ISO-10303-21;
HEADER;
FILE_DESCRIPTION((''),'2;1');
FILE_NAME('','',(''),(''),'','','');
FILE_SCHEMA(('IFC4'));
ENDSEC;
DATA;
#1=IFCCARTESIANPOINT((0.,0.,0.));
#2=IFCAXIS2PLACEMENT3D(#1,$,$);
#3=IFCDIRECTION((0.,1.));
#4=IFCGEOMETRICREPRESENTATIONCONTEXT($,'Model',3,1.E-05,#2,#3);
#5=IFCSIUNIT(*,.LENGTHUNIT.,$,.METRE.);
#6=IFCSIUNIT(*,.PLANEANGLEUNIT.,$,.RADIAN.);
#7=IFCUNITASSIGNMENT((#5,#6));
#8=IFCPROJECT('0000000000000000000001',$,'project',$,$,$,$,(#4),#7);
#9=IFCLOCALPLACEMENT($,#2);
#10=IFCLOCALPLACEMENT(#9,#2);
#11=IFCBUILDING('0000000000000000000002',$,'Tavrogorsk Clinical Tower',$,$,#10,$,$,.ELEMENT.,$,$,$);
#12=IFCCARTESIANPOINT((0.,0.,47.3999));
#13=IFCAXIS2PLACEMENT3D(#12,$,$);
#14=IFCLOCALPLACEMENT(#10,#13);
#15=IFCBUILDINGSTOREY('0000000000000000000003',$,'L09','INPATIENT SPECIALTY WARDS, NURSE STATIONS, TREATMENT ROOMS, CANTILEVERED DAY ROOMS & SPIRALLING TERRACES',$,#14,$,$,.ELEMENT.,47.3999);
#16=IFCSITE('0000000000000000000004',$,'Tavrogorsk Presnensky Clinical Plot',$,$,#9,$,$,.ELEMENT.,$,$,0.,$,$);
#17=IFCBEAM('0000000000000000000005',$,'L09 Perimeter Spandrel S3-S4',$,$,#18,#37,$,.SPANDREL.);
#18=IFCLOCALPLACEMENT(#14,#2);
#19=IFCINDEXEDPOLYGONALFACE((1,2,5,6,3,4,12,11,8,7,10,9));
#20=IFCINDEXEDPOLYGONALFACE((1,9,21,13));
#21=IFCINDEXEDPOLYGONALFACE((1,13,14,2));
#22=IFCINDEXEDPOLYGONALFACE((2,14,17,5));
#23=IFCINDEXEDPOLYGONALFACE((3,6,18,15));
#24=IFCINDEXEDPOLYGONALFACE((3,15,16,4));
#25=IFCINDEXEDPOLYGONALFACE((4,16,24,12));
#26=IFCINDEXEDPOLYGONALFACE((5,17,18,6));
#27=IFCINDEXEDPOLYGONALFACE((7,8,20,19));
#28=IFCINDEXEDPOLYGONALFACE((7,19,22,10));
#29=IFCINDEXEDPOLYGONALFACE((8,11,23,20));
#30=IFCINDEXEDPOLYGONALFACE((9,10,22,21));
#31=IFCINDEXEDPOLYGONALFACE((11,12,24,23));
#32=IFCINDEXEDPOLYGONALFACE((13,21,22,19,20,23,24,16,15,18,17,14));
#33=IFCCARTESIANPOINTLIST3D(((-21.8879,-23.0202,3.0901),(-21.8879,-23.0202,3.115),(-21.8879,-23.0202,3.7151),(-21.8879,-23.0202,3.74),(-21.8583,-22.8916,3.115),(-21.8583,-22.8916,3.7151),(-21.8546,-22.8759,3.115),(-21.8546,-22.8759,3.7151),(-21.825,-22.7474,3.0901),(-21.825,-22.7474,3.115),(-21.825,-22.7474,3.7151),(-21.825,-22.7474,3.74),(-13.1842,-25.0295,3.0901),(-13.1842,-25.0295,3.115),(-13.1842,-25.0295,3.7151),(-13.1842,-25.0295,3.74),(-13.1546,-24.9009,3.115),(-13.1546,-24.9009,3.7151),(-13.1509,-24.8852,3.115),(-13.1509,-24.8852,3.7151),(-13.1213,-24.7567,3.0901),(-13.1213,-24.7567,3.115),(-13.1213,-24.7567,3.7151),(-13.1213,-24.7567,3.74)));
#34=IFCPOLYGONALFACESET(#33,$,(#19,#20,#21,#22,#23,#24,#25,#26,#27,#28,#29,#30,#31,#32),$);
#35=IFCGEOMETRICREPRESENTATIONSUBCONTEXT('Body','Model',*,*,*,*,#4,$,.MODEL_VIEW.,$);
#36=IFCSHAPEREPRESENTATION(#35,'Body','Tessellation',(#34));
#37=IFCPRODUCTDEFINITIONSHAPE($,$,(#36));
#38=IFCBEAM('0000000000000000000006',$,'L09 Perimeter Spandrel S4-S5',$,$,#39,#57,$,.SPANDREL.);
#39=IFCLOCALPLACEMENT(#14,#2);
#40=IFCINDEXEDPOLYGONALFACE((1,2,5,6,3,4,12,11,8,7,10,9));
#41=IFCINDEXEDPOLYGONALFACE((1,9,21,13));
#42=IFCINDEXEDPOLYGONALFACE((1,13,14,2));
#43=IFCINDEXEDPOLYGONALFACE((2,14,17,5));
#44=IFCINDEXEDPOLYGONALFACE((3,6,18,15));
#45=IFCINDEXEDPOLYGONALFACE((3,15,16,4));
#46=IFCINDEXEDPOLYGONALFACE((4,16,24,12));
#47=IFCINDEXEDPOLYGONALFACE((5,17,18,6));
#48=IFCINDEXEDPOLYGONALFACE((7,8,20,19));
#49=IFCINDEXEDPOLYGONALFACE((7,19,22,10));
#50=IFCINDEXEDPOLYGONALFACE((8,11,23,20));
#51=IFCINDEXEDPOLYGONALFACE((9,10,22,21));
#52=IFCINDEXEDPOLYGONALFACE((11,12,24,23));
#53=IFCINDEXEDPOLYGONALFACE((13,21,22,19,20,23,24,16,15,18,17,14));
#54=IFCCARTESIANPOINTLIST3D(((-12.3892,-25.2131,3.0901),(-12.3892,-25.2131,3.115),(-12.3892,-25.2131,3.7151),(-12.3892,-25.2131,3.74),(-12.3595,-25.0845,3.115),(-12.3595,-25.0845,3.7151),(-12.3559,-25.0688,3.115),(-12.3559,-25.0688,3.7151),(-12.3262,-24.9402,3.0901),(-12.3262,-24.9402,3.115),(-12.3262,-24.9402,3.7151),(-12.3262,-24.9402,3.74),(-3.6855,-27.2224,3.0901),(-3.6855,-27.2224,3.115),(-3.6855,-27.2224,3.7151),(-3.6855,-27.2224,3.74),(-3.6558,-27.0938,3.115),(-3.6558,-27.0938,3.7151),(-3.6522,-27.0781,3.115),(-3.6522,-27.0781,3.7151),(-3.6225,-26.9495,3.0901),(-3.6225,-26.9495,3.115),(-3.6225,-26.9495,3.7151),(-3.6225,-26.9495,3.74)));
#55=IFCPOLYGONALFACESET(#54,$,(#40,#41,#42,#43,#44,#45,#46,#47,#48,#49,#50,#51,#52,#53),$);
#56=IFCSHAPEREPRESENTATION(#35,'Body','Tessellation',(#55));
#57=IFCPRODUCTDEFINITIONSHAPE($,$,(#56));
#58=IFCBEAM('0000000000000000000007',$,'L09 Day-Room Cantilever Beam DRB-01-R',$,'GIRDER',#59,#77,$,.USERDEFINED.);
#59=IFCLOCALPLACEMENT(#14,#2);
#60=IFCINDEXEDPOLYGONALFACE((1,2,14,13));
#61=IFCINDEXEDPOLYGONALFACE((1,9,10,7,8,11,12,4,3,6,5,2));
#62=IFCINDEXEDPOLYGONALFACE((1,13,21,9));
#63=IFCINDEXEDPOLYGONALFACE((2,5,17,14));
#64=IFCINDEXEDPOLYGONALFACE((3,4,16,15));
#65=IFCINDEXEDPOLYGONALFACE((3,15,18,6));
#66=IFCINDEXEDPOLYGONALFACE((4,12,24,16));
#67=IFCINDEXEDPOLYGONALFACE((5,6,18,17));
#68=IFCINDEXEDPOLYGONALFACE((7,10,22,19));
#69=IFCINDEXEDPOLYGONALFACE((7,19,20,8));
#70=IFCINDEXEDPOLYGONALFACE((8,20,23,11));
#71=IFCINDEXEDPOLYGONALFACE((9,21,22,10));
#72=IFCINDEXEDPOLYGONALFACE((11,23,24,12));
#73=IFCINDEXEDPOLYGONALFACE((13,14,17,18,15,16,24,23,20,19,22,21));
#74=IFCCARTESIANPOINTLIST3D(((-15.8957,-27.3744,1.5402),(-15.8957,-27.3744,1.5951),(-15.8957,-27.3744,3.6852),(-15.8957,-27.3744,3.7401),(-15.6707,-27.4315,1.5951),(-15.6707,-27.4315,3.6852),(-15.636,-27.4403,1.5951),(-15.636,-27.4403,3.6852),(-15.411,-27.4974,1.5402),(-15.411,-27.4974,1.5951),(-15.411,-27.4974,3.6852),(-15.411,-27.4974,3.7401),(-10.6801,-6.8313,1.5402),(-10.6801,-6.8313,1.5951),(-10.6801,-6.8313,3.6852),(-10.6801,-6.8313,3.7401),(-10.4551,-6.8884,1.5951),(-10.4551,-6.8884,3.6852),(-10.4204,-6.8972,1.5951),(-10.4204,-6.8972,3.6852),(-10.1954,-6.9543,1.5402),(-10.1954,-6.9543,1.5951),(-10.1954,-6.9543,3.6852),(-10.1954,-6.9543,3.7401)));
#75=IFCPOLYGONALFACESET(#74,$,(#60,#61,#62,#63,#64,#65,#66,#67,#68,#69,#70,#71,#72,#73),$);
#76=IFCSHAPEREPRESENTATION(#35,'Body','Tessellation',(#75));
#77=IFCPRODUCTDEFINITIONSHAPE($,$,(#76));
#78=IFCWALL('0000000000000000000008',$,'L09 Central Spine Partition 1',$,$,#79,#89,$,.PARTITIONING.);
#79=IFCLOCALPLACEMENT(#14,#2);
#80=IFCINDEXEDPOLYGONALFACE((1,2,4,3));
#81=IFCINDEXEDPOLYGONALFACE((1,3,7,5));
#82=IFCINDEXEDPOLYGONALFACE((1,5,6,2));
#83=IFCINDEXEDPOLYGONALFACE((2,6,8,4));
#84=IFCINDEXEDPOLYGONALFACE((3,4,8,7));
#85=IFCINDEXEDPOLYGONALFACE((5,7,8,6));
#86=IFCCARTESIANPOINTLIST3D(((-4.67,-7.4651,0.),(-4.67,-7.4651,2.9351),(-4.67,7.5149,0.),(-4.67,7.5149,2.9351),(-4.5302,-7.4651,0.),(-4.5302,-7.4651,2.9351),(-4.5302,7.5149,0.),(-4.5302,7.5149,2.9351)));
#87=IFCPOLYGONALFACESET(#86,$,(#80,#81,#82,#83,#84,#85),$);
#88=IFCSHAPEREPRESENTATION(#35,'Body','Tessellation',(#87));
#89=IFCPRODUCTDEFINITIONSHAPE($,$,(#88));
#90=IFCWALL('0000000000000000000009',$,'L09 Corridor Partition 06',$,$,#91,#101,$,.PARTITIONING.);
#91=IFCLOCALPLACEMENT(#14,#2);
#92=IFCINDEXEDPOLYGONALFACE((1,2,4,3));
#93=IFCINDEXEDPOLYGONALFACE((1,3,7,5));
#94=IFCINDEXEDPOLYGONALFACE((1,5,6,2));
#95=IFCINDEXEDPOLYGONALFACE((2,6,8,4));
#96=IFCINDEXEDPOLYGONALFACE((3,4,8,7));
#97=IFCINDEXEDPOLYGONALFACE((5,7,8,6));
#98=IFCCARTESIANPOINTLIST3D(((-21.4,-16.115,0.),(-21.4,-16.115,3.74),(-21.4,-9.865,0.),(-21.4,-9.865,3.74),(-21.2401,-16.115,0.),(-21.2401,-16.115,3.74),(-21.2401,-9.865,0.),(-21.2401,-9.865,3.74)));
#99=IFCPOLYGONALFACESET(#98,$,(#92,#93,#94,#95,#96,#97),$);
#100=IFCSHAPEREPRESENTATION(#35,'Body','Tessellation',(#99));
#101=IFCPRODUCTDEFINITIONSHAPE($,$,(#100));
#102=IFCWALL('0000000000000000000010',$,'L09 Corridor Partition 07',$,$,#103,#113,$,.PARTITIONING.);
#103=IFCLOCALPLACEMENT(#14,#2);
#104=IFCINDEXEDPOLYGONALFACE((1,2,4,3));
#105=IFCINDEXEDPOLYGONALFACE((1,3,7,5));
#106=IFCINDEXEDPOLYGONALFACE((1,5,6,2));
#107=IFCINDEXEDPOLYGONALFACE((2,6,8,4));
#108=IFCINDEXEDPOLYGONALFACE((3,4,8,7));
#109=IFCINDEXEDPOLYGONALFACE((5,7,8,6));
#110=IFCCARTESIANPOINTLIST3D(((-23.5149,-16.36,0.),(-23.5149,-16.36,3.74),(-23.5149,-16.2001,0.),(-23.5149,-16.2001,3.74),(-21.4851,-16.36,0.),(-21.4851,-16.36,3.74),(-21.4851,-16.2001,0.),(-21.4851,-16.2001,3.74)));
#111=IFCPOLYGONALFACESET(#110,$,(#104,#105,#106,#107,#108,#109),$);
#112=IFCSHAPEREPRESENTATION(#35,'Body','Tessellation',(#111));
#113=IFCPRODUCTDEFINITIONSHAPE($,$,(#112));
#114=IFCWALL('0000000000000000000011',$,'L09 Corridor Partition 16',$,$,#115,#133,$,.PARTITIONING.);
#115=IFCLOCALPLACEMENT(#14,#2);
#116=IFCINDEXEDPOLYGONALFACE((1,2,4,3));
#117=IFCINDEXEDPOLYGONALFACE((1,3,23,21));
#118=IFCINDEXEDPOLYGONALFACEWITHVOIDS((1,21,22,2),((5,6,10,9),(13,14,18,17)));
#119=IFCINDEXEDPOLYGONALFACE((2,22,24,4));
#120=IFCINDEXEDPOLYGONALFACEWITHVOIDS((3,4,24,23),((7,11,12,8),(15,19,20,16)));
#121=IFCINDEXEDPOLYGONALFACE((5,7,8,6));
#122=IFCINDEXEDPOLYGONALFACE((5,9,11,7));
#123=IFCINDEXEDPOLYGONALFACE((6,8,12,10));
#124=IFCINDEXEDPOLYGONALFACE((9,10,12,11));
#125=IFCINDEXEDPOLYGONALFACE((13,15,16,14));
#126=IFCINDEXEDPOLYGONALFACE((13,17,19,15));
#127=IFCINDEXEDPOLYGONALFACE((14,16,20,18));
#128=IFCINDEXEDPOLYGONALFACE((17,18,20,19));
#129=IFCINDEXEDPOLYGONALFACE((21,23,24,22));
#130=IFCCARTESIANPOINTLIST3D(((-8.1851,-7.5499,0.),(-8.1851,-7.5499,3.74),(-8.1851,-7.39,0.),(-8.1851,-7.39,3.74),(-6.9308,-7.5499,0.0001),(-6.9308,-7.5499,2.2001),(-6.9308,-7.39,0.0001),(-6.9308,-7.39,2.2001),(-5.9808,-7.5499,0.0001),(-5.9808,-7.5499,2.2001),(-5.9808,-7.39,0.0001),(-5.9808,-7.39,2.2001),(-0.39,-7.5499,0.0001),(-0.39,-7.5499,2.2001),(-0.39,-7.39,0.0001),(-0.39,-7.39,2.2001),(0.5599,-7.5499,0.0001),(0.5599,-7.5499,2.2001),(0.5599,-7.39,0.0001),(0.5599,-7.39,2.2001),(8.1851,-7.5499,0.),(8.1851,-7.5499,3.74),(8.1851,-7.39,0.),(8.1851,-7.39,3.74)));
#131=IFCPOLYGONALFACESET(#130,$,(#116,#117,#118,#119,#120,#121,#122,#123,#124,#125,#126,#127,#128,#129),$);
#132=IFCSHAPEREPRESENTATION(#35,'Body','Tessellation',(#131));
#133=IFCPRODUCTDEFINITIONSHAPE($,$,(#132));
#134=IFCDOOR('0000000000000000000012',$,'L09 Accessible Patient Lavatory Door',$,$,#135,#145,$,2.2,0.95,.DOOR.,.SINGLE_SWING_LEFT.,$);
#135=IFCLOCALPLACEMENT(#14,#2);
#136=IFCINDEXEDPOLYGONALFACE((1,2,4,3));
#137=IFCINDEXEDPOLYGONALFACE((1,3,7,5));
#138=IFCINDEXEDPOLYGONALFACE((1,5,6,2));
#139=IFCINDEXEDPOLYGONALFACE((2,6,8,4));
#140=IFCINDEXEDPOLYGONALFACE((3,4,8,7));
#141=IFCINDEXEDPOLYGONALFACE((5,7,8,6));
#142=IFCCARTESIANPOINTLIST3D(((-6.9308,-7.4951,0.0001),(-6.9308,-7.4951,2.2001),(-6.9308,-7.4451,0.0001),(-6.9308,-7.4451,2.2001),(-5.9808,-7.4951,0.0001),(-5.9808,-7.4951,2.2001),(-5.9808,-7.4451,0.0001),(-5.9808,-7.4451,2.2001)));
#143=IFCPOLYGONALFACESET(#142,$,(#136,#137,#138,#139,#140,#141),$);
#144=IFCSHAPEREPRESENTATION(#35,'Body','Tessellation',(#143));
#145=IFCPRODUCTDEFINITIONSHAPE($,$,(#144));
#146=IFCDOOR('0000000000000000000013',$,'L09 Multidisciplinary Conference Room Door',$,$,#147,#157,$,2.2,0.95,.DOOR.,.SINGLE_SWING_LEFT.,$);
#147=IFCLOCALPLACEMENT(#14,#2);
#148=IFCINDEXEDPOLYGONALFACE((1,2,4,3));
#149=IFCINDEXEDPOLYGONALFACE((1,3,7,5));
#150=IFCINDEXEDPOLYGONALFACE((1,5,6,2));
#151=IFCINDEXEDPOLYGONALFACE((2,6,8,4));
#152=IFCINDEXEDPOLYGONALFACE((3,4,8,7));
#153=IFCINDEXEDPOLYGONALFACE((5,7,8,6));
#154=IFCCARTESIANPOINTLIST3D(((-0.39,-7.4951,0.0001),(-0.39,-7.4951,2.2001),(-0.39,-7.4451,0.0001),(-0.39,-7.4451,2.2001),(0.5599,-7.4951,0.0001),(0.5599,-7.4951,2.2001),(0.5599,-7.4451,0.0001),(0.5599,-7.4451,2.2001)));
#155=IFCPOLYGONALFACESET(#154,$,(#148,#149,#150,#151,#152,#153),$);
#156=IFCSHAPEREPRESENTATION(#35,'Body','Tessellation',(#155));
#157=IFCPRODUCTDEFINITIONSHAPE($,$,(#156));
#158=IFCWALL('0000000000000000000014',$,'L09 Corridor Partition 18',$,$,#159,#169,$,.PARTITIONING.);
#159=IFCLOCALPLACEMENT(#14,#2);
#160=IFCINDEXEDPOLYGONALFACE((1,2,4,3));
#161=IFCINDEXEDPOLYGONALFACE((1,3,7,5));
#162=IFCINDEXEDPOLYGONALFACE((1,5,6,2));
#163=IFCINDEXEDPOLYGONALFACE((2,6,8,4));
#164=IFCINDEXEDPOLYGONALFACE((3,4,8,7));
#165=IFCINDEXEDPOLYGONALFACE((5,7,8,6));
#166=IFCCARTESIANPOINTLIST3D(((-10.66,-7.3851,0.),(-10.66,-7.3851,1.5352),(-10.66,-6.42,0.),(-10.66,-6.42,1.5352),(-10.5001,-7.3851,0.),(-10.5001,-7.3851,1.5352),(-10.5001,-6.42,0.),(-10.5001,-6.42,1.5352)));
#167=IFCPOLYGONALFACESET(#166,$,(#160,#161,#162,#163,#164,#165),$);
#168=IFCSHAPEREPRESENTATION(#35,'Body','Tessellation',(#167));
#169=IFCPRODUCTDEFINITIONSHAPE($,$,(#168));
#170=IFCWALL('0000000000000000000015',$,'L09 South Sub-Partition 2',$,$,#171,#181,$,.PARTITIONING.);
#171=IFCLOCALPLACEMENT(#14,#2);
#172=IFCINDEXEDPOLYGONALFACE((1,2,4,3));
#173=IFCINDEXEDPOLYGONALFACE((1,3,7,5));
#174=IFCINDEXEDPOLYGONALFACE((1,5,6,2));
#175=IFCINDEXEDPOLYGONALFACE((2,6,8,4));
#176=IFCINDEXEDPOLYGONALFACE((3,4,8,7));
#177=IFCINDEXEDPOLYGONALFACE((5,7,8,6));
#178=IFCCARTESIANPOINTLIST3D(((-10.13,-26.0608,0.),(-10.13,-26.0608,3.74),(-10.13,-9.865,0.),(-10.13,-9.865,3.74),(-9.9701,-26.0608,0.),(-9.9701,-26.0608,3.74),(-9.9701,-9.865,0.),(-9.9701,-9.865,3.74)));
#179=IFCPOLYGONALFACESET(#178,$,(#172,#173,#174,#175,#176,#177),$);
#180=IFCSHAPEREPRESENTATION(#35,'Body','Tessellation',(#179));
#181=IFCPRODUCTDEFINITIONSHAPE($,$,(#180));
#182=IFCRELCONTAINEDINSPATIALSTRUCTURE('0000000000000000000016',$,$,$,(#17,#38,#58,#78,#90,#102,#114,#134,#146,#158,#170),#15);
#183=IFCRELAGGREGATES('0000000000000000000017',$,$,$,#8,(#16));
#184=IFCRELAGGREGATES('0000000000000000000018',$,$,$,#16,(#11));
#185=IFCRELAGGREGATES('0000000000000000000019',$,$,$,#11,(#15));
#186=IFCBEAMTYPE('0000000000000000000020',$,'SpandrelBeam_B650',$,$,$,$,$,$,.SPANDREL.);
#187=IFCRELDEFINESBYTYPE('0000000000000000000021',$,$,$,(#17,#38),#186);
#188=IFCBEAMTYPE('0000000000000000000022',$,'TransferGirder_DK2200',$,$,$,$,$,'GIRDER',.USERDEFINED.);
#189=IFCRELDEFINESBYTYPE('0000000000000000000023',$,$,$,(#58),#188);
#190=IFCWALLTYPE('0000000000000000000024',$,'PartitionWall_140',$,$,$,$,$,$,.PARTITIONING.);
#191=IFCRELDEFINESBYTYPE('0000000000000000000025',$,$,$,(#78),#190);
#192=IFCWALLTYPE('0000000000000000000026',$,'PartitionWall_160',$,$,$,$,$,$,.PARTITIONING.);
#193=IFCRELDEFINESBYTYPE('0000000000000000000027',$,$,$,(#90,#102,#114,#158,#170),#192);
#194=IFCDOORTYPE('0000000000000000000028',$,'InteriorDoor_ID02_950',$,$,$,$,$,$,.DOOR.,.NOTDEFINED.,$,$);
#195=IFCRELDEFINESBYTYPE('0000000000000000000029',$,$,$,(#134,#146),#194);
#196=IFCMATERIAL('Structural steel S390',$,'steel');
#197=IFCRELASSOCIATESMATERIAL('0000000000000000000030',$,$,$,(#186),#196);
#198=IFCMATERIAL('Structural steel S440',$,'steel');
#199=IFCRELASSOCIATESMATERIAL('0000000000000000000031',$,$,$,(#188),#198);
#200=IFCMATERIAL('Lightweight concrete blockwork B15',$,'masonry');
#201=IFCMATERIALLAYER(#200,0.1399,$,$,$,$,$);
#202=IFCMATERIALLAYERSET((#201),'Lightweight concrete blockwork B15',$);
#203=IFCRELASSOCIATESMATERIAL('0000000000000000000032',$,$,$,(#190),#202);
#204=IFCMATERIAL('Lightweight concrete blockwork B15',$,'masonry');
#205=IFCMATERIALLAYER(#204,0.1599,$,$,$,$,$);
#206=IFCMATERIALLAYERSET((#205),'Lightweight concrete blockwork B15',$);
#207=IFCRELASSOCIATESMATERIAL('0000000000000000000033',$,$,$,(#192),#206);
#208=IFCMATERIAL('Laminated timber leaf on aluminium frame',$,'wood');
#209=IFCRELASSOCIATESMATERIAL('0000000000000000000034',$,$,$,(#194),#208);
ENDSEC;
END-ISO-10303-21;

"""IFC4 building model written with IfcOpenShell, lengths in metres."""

from ifc_helpers import new_model, si_unit, direction, frame, frame_2d, origin, origin_2d, place, context, subcontext, project, spatial, rectangle, i_section, extrude, material, layer, layer_set, material_profile, profile_set, type_object, element, fill, save


model = new_model("IFC4")

# Units and contexts
model_context = context("Model", 3, precision=1e-05, world=origin(), true_north=direction((0.0, 1.0)))
body_context = subcontext(model_context, "Body", "Model", "MODEL_VIEW")
ifc_project = project(units=[si_unit("LENGTHUNIT", "METRE"), si_unit("PLANEANGLEUNIT", "RADIAN")], contexts=[model_context])

# Site, building, storey
site_placement = place(None, origin())
site = spatial("IfcSite", under=ifc_project, at=site_placement, Name="Tavrogorsk Presnensky Clinical Plot", CompositionType="ELEMENT", RefElevation=0.0)
building_placement = place(site_placement, origin())
building = spatial("IfcBuilding", under=site, at=building_placement, Name="Tavrogorsk Clinical Tower", CompositionType="ELEMENT")
storey_placement = place(building_placement, frame((0.0, 0.0, 47.3999)))
storey = spatial("IfcBuildingStorey", under=building, at=storey_placement, Name="L09", Description="INPATIENT SPECIALTY WARDS, NURSE STATIONS, TREATMENT ROOMS, CANTILEVERED DAY ROOMS & SPIRALLING TERRACES", CompositionType="ELEMENT", Elevation=47.3999)

# Beams
ifc_material_1 = material(Name="Structural steel S390", Category="steel")
ifc_material_profile_1 = material_profile(ifc_material_1, i_section(OverallWidth=0.28, OverallDepth=0.6499, WebThickness=0.0161, FlangeThickness=0.0249, at=origin_2d()), Name="B-650x280x16x25")
ifc_profile_set_1 = profile_set([ifc_material_profile_1], Name="Structural steel S390")
beam_type_1 = type_object("IfcBeamType", Name="SpandrelBeam_B650", PredefinedType="SPANDREL", material=ifc_profile_set_1)
for number, where, z_axis, x_axis, name in (
    (1, (-21.8564, -22.8838, 3.415), (0.974373, -0.224939, 0.0), (0.224939, 0.974373, 0.0), "L09 Perimeter Spandrel S3-S4"),
    (2, (-12.3577, -25.0767, 3.415), (0.974373, -0.224939, 0.0), (0.224939, 0.974373, 0.0), "L09 Perimeter Spandrel S4-S5"),
):
    element("IfcBeam", number, at=place(storey_placement, frame(where, z_axis=z_axis, x_axis=x_axis)), inside=storey, type_object=beam_type_1, Name=name, PredefinedType="SPANDREL", context=body_context, shape_type="SweptSolid", body=[
        extrude(i_section(OverallWidth=0.28, OverallDepth=0.6499, WebThickness=0.0161, FlangeThickness=0.0249, at=origin_2d()), origin(), (0.0, 0.0, 1.0), 8.9326),
    ])
ifc_material_2 = material(Name="Structural steel S440", Category="steel")
ifc_material_profile_2 = material_profile(ifc_material_2, i_section(OverallWidth=0.5, OverallDepth=2.2, WebThickness=0.0359, FlangeThickness=0.0549, at=origin_2d()), Name="DK-2200x500x36x55")
ifc_profile_set_2 = profile_set([ifc_material_profile_2], Name="Structural steel S440")
beam_type_2 = type_object("IfcBeamType", Name="TransferGirder_DK2200", ElementType="GIRDER", PredefinedType="USERDEFINED", material=ifc_profile_set_2)
beam_1_placement = place(storey_placement, frame((-10.4377, -6.8928, 2.6401), z_axis=(-0.246079, -0.96925, 0.0), x_axis=(0.96925, -0.246079, 0.0)))
element("IfcBeam", 3, at=beam_1_placement, inside=storey, type_object=beam_type_2, Name="L09 Day-Room Cantilever Beam DRB-01-R", ObjectType="GIRDER", PredefinedType="USERDEFINED", context=body_context, shape_type="SweptSolid", body=[
    extrude(i_section(OverallWidth=0.5, OverallDepth=2.2, WebThickness=0.0359, FlangeThickness=0.0549, at=origin_2d()), origin(), (0.0, 0.0, 1.0), 21.1948),
])

# Walls
ifc_material_3 = material(Name="Lightweight concrete blockwork B15", Category="masonry")
ifc_layer_1 = layer(ifc_material_3, 0.1399)
ifc_layer_set_1 = layer_set([ifc_layer_1], Name="Lightweight concrete blockwork B15")
wall_type_1 = type_object("IfcWallType", Name="PartitionWall_140", PredefinedType="PARTITIONING", material=ifc_layer_set_1)
wall_1_placement = place(storey_placement, frame((-4.6001, -7.4651, 0.0), z_axis=(0.0, 0.0, 1.0), x_axis=(0.0, 1.0, 0.0)))
element("IfcWall", 4, at=wall_1_placement, inside=storey, type_object=wall_type_1, Name="L09 Central Spine Partition 1", PredefinedType="PARTITIONING", context=body_context, shape_type="SweptSolid", body=[
    extrude(rectangle(XDim=14.98, YDim=0.1399, at=frame_2d((7.49, 0.0))), origin(), (0.0, 0.0, 1.0), 2.9351),
])
ifc_material_4 = material(Name="Lightweight concrete blockwork B15", Category="masonry")
ifc_layer_2 = layer(ifc_material_4, 0.1599)
ifc_layer_set_2 = layer_set([ifc_layer_2], Name="Lightweight concrete blockwork B15")
wall_type_2 = type_object("IfcWallType", Name="PartitionWall_160", PredefinedType="PARTITIONING", material=ifc_layer_set_2)
wall_2_placement = place(storey_placement, frame((-21.3201, -9.865, 0.0), z_axis=(0.0, 0.0, 1.0), x_axis=(0.0, -1.0, 0.0)))
element("IfcWall", 5, at=wall_2_placement, inside=storey, type_object=wall_type_2, Name="L09 Corridor Partition 06", PredefinedType="PARTITIONING", context=body_context, shape_type="SweptSolid", body=[
    extrude(rectangle(XDim=6.25, YDim=0.1599, at=frame_2d((3.125, 0.0))), origin(), (0.0, 0.0, 1.0), 3.74),
])
wall_3_placement = place(storey_placement, frame((-21.4851, -16.28, 0.0), z_axis=(0.0, 0.0, 1.0), x_axis=(-1.0, 0.0, 0.0)))
element("IfcWall", 6, at=wall_3_placement, inside=storey, type_object=wall_type_2, Name="L09 Corridor Partition 07", PredefinedType="PARTITIONING", context=body_context, shape_type="SweptSolid", body=[
    extrude(rectangle(XDim=2.0298, YDim=0.1599, at=frame_2d((1.0149, 0.0))), origin(), (0.0, 0.0, 1.0), 3.74),
])

# Wall, openings, doors
wall_4_placement = place(storey_placement, frame((-8.1851, -7.47, 0.0), z_axis=(0.0, 0.0, 1.0), x_axis=(1.0, 0.0, 0.0)))
wall_4 = element("IfcWall", 7, at=wall_4_placement, inside=storey, type_object=wall_type_2, Name="L09 Corridor Partition 16", PredefinedType="PARTITIONING", context=body_context, shape_type="SweptSolid", body=[
    extrude(rectangle(XDim=16.3701, YDim=0.1599, at=frame_2d((8.1851, 0.0))), origin(), (0.0, 0.0, 1.0), 3.74),
])
opening_1_placement = place(wall_4_placement, frame((1.2542, 0.0, 0.0)))
opening_1 = element("IfcOpeningElement", 8, at=opening_1_placement, cuts=wall_4, PredefinedType="OPENING", context=body_context, shape_type="SweptSolid", body=[
    extrude(rectangle(XDim=0.95, YDim=2.2, at=frame_2d((0.4751, 1.1001))), frame((0.0, 0.0898, 0.0), z_axis=(0.0, -1.0, 0.0), x_axis=(1.0, 0.0, 0.0)), (0.0, 0.0, 1.0), 0.1799),
])
opening_2_placement = place(wall_4_placement, frame((7.7949, 0.0, 0.0)))
opening_2 = element("IfcOpeningElement", 9, at=opening_2_placement, cuts=wall_4, PredefinedType="OPENING", context=body_context, shape_type="SweptSolid", body=[
    extrude(rectangle(XDim=0.95, YDim=2.2, at=frame_2d((0.4751, 1.1001))), frame((0.0, 0.0898, 0.0), z_axis=(0.0, -1.0, 0.0), x_axis=(1.0, 0.0, 0.0)), (0.0, 0.0, 1.0), 0.1799),
])
ifc_material_5 = material(Name="Laminated timber leaf on aluminium frame", Category="wood")
door_type = type_object("IfcDoorType", Name="InteriorDoor_ID02_950", OperationType="NOTDEFINED", PredefinedType="DOOR", material=ifc_material_5)
door_1_placement = place(opening_1_placement, origin())
door_1 = element("IfcDoor", 10, at=door_1_placement, inside=storey, type_object=door_type, Name="L09 Accessible Patient Lavatory Door", OperationType="SINGLE_SWING_LEFT", OverallHeight=2.2, OverallWidth=0.95, PredefinedType="DOOR", context=body_context, shape_type="SweptSolid", body=[
    extrude(rectangle(XDim=0.95, YDim=2.2, at=frame_2d((0.4751, 1.1001))), frame((0.0, 0.0249, 0.0), z_axis=(0.0, -1.0, 0.0), x_axis=(1.0, 0.0, 0.0)), (0.0, 0.0, 1.0), 0.05),
])
fill(opening_1, door_1)
door_2_placement = place(opening_2_placement, origin())
door_2 = element("IfcDoor", 11, at=door_2_placement, inside=storey, type_object=door_type, Name="L09 Multidisciplinary Conference Room Door", OperationType="SINGLE_SWING_LEFT", OverallHeight=2.2, OverallWidth=0.95, PredefinedType="DOOR", context=body_context, shape_type="SweptSolid", body=[
    extrude(rectangle(XDim=0.95, YDim=2.2, at=frame_2d((0.4751, 1.1001))), frame((0.0, 0.0249, 0.0), z_axis=(0.0, -1.0, 0.0), x_axis=(1.0, 0.0, 0.0)), (0.0, 0.0, 1.0), 0.05),
])
fill(opening_2, door_2)

# Walls
wall_5_placement = place(storey_placement, frame((-10.5801, -7.385, 0.0), z_axis=(0.0, 0.0, 1.0), x_axis=(0.0, 1.0, 0.0)))
element("IfcWall", 12, at=wall_5_placement, inside=storey, type_object=wall_type_2, Name="L09 Corridor Partition 18", PredefinedType="PARTITIONING", context=body_context, shape_type="SweptSolid", body=[
    extrude(rectangle(XDim=0.9651, YDim=0.1599, at=frame_2d((0.4824, 0.0))), origin(), (0.0, 0.0, 1.0), 1.5352),
])
wall_6_placement = place(storey_placement, frame((-10.05, -26.0608, 0.0), z_axis=(0.0, 0.0, 1.0), x_axis=(0.0, 1.0, 0.0)))
element("IfcWall", 13, at=wall_6_placement, inside=storey, type_object=wall_type_2, Name="L09 South Sub-Partition 2", PredefinedType="PARTITIONING", context=body_context, shape_type="SweptSolid", body=[
    extrude(rectangle(XDim=16.1958, YDim=0.1599, at=frame_2d((8.0979, 0.0))), origin(), (0.0, 0.0, 1.0), 3.74),
])

save(model, "model.ifc")
